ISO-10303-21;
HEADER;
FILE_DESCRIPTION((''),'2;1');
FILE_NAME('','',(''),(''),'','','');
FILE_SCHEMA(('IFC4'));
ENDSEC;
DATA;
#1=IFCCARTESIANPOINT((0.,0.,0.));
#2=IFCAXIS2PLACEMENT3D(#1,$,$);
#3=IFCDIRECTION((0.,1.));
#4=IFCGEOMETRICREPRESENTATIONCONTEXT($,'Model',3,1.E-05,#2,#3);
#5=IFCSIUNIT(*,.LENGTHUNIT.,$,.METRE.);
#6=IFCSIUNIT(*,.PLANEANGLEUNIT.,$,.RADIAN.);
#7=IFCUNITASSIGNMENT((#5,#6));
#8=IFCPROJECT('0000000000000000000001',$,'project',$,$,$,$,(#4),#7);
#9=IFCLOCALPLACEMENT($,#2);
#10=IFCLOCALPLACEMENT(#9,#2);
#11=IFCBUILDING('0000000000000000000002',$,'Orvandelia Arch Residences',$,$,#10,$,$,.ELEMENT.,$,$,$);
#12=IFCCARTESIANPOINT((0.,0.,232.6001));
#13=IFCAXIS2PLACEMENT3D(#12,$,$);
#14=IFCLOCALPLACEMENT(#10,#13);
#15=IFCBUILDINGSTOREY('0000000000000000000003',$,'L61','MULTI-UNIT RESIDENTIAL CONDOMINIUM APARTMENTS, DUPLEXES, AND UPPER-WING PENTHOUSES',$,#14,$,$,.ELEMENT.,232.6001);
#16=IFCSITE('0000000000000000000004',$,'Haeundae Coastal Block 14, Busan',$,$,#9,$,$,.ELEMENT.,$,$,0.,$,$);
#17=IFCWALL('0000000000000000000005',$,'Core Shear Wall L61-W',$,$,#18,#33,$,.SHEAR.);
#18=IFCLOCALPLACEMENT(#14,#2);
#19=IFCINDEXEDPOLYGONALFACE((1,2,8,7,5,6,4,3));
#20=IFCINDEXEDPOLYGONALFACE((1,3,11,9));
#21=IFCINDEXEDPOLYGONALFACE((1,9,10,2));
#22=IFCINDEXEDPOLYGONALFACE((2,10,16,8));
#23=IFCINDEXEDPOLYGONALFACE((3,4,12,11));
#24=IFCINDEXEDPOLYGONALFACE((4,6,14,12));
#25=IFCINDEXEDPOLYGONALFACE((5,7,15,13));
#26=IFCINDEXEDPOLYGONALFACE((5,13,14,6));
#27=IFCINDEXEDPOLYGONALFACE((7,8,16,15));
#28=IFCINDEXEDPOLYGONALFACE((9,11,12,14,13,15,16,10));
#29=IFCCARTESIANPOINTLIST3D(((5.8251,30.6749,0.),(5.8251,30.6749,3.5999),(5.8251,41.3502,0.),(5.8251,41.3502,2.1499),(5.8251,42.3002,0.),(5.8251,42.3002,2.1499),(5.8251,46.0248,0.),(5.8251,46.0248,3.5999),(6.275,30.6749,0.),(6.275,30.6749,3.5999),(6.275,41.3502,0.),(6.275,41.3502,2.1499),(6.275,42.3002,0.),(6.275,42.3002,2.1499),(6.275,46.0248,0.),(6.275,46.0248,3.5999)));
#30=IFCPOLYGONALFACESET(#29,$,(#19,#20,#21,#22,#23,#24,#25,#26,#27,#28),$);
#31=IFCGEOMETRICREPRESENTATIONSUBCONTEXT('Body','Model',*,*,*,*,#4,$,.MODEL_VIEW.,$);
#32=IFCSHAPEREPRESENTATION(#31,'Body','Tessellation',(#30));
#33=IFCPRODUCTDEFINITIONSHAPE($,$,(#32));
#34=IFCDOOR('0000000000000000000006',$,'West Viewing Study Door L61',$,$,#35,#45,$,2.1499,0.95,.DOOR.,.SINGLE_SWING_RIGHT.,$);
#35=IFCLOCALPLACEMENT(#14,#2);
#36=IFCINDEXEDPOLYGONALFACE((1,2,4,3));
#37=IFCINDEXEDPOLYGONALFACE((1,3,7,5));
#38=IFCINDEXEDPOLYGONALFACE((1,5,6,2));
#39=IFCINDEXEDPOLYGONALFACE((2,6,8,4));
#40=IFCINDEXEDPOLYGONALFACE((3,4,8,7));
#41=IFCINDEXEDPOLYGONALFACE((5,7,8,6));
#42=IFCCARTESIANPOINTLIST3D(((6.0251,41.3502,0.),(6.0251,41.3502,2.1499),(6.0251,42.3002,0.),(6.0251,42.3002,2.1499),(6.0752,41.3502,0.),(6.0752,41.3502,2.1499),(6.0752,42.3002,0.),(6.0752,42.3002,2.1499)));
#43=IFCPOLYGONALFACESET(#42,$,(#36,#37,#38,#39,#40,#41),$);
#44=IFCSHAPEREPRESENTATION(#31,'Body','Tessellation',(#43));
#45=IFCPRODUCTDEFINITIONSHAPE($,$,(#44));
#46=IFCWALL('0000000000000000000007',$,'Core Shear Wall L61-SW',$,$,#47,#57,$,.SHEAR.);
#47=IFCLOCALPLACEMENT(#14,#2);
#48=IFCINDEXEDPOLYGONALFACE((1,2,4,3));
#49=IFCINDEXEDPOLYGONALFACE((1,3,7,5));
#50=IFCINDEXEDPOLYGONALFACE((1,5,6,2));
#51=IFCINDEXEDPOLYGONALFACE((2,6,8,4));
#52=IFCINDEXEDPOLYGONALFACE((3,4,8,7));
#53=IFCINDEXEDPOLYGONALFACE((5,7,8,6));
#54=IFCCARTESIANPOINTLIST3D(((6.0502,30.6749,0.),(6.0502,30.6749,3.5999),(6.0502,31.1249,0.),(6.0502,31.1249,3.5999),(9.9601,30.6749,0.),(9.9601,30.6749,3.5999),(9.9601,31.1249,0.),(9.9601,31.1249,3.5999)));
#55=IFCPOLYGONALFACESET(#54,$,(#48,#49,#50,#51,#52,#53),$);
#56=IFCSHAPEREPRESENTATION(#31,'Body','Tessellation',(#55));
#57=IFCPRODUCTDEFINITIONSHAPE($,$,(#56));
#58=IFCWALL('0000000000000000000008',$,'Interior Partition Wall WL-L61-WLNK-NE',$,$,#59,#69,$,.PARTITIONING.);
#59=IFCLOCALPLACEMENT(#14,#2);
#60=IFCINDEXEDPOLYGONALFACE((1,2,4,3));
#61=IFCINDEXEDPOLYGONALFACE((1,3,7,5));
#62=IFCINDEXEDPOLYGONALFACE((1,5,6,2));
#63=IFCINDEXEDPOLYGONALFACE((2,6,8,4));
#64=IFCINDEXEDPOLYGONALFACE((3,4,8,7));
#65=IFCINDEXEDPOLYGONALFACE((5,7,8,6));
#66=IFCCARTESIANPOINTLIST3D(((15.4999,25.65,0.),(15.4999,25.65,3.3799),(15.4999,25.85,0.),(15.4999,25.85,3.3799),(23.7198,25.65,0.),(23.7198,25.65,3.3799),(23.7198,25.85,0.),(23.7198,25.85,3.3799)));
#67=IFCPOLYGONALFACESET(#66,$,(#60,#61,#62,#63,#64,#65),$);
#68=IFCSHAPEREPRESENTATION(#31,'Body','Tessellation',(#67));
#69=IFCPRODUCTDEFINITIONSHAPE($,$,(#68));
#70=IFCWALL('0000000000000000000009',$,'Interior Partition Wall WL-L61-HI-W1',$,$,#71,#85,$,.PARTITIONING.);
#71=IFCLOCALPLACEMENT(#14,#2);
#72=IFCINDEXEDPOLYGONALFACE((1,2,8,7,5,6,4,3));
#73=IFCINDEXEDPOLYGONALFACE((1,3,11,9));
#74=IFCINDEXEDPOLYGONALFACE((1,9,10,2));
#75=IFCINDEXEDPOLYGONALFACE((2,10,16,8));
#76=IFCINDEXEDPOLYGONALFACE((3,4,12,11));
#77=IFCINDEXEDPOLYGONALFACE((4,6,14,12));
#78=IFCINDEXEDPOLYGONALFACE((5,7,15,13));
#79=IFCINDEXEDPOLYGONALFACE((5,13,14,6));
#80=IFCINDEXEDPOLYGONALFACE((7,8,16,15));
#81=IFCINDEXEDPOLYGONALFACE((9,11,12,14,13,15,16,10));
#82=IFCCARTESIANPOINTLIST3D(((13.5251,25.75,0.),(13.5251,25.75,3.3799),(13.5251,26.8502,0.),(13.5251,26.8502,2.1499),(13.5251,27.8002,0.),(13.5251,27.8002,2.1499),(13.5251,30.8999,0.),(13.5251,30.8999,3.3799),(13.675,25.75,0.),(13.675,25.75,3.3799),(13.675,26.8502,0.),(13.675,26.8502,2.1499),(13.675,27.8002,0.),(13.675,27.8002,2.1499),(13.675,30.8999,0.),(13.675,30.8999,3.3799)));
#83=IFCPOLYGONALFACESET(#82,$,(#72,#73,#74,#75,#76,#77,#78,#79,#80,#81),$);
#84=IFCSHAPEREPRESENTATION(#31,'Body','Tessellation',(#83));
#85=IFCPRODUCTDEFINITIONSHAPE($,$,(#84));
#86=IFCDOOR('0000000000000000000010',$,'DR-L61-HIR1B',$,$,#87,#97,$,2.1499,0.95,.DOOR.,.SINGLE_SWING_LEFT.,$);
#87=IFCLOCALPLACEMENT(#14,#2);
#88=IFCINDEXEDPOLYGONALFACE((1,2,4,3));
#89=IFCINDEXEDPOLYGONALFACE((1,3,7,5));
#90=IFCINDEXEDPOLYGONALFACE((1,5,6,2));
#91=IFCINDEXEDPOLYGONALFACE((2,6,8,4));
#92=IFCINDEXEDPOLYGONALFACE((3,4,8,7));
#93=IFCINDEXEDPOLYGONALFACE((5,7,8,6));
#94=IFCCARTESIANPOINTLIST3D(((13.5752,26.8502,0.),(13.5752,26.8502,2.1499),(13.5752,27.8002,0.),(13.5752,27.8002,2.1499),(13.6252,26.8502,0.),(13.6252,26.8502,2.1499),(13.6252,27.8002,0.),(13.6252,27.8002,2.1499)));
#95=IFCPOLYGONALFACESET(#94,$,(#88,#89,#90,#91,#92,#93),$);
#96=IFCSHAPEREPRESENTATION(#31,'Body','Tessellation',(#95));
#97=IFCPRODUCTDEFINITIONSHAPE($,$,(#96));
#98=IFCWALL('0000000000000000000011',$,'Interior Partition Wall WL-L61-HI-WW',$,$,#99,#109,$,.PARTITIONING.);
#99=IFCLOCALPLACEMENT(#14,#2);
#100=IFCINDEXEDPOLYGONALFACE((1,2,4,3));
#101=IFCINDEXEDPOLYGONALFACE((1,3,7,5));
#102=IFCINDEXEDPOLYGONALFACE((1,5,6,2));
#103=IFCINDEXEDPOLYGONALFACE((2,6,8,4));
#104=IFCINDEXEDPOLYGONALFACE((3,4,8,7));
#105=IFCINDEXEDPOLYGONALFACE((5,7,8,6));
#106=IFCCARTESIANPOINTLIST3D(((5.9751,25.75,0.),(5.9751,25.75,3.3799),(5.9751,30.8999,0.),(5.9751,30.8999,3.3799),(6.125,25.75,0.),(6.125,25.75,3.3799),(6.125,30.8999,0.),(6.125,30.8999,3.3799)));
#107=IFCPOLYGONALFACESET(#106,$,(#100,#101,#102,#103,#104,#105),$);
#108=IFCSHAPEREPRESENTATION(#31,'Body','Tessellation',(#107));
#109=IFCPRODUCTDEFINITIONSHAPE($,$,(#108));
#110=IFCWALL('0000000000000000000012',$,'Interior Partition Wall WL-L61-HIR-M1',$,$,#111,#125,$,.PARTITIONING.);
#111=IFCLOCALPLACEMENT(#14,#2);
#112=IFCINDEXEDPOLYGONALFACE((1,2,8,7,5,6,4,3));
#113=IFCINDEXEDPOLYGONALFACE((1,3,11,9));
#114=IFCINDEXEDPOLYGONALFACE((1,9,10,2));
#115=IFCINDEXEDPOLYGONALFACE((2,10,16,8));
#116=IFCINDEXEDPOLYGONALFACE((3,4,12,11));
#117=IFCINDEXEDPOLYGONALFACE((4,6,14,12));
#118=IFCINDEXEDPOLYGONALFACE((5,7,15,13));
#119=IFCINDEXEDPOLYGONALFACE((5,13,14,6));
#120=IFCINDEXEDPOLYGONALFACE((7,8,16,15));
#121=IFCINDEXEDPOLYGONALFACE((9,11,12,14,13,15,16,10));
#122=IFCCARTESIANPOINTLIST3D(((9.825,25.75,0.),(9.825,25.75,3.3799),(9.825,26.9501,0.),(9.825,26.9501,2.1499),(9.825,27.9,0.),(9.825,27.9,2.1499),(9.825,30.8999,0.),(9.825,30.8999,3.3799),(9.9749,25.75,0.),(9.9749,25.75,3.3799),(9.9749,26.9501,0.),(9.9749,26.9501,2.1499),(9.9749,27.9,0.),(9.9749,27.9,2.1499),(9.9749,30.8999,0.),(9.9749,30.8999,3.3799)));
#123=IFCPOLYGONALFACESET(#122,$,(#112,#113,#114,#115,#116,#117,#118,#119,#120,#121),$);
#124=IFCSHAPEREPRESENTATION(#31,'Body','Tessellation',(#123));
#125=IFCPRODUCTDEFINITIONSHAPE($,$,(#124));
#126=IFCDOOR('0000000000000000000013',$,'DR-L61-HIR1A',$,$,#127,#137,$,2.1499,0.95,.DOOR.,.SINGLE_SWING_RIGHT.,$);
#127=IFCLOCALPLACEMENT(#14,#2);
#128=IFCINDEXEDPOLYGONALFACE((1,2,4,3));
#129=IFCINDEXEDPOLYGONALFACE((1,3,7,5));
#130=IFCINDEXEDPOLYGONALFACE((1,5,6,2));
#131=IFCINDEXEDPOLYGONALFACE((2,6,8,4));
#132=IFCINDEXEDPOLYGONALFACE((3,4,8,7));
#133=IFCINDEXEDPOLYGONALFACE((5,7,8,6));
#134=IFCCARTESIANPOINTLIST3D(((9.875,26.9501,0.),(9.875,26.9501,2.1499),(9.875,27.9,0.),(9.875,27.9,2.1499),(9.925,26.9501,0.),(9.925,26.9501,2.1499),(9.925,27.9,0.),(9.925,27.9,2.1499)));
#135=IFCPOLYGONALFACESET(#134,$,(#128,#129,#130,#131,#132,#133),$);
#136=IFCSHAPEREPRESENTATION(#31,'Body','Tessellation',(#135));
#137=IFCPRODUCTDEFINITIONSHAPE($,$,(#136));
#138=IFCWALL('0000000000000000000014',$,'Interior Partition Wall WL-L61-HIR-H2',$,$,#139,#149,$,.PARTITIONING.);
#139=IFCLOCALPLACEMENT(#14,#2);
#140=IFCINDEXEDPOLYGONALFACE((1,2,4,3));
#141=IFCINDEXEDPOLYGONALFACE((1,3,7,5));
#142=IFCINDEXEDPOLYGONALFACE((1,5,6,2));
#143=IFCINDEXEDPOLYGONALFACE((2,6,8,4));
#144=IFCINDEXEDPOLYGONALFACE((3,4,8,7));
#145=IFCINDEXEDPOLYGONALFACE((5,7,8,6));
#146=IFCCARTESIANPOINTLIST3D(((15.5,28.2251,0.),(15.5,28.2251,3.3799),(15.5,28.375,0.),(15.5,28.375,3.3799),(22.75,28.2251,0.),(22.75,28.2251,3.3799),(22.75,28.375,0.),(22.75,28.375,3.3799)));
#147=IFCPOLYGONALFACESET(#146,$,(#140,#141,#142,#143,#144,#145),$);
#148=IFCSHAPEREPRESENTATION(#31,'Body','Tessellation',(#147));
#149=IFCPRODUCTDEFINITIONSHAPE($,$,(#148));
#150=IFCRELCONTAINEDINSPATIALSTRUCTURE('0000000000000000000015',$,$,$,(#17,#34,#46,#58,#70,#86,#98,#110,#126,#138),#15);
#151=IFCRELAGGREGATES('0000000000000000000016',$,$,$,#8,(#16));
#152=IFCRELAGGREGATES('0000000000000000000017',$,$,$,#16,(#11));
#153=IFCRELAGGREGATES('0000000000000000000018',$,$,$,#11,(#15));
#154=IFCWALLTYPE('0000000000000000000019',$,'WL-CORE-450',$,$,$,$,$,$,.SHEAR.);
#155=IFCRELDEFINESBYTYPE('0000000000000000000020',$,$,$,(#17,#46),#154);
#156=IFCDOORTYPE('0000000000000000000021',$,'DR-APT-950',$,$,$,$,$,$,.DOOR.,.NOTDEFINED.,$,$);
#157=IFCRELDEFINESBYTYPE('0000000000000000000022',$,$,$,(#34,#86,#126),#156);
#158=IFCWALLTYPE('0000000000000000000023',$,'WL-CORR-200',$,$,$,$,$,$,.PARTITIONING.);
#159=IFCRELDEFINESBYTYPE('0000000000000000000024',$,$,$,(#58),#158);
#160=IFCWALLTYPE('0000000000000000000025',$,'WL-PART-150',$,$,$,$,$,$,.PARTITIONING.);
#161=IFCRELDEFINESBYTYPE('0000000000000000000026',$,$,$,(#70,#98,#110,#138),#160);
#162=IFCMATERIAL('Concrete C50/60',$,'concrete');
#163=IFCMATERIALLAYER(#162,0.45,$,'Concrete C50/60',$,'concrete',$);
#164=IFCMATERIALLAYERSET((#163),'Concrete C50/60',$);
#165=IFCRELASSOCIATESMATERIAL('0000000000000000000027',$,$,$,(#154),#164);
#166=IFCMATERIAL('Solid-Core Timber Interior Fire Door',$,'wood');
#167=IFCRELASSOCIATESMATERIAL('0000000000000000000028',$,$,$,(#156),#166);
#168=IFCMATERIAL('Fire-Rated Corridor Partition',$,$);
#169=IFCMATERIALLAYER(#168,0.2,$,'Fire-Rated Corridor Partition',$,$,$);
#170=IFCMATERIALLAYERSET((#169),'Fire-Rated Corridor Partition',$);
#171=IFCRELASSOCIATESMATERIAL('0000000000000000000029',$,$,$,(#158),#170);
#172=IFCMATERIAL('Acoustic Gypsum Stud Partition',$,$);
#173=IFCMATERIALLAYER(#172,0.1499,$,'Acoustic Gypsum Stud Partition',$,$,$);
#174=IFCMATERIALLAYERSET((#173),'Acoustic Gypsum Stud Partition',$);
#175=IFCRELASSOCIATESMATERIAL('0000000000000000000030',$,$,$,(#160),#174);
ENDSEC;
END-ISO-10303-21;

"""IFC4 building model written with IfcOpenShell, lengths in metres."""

from ifc_helpers import new_model, si_unit, direction, frame, frame_2d, origin, place, context, subcontext, project, spatial, rectangle, extrude, material, layer, layer_set, type_object, element, fill, save


model = new_model("IFC4")

# Units and contexts
model_context = context("Model", 3, precision=1e-05, world=origin(), true_north=direction((0.0, 1.0)))
body_context = subcontext(model_context, "Body", "Model", "MODEL_VIEW")
ifc_project = project(units=[si_unit("LENGTHUNIT", "METRE"), si_unit("PLANEANGLEUNIT", "RADIAN")], contexts=[model_context])

# Site, building, storey
site_placement = place(None, origin())
site = spatial("IfcSite", under=ifc_project, at=site_placement, Name="Haeundae Coastal Block 14, Busan", CompositionType="ELEMENT", RefElevation=0.0)
building_placement = place(site_placement, origin())
building = spatial("IfcBuilding", under=site, at=building_placement, Name="Orvandelia Arch Residences", CompositionType="ELEMENT")
storey_placement = place(building_placement, frame((0.0, 0.0, 232.6001)))
storey = spatial("IfcBuildingStorey", under=building, at=storey_placement, Name="L61", Description="MULTI-UNIT RESIDENTIAL CONDOMINIUM APARTMENTS, DUPLEXES, AND UPPER-WING PENTHOUSES", CompositionType="ELEMENT", Elevation=232.6001)

# Wall, opening, door
ifc_material_1 = material(Name="Concrete C50/60", Category="concrete")
ifc_layer_1 = layer(ifc_material_1, 0.45, Name="Concrete C50/60", Category="concrete")
ifc_layer_set_1 = layer_set([ifc_layer_1], Name="Concrete C50/60")
wall_type_1 = type_object("IfcWallType", Name="WL-CORE-450", PredefinedType="SHEAR", material=ifc_layer_set_1)
wall_1_placement = place(storey_placement, frame((6.05, 30.675, 0.0), z_axis=(0.0, 0.0, 1.0), x_axis=(0.0, 1.0, 0.0)))
wall_1 = element("IfcWall", 1, at=wall_1_placement, inside=storey, type_object=wall_type_1, Name="Core Shear Wall L61-W", PredefinedType="SHEAR", context=body_context, shape_type="SweptSolid", body=[
    extrude(rectangle(XDim=15.3499, YDim=0.45, at=frame_2d((7.6748, 0.0))), origin(), (0.0, 0.0, 1.0), 3.5999),
])
opening_1_placement = place(wall_1_placement, frame((10.675, 0.0, 0.0)))
opening_1 = element("IfcOpeningElement", 2, at=opening_1_placement, cuts=wall_1, PredefinedType="OPENING", context=body_context, shape_type="SweptSolid", body=[
    extrude(rectangle(XDim=0.95, YDim=2.1499, at=frame_2d((0.4751, 1.075))), frame((0.0, 0.2349, 0.0), z_axis=(0.0, -1.0, 0.0), x_axis=(1.0, 0.0, 0.0)), (0.0, 0.0, 1.0), 0.47),
])
ifc_material_2 = material(Name="Solid-Core Timber Interior Fire Door", Category="wood")
door_type_1 = type_object("IfcDoorType", Name="DR-APT-950", OperationType="NOTDEFINED", PredefinedType="DOOR", material=ifc_material_2)
door_1_placement = place(opening_1_placement, origin())
door_1 = element("IfcDoor", 3, at=door_1_placement, inside=storey, type_object=door_type_1, Name="West Viewing Study Door L61", OperationType="SINGLE_SWING_RIGHT", OverallHeight=2.1499, OverallWidth=0.95, PredefinedType="DOOR", context=body_context, shape_type="SweptSolid", body=[
    extrude(rectangle(XDim=0.95, YDim=2.1499, at=frame_2d((0.4751, 1.075))), frame((0.0, 0.0249, 0.0), z_axis=(0.0, -1.0, 0.0), x_axis=(1.0, 0.0, 0.0)), (0.0, 0.0, 1.0), 0.05),
])
fill(opening_1, door_1)

# Walls
wall_2_placement = place(storey_placement, frame((6.05, 30.8999, 0.0), z_axis=(0.0, 0.0, 1.0), x_axis=(1.0, 0.0, 0.0)))
element("IfcWall", 4, at=wall_2_placement, inside=storey, type_object=wall_type_1, Name="Core Shear Wall L61-SW", PredefinedType="SHEAR", context=body_context, shape_type="SweptSolid", body=[
    extrude(rectangle(XDim=3.9099, YDim=0.45, at=frame_2d((1.9551, 0.0))), origin(), (0.0, 0.0, 1.0), 3.5999),
])
ifc_material_3 = material(Name="Fire-Rated Corridor Partition")
ifc_layer_2 = layer(ifc_material_3, 0.2, Name="Fire-Rated Corridor Partition")
ifc_layer_set_2 = layer_set([ifc_layer_2], Name="Fire-Rated Corridor Partition")
wall_type_2 = type_object("IfcWallType", Name="WL-CORR-200", PredefinedType="PARTITIONING", material=ifc_layer_set_2)
wall_3_placement = place(storey_placement, frame((15.5, 25.75, 0.0), z_axis=(0.0, 0.0, 1.0), x_axis=(1.0, 0.0, 0.0)))
element("IfcWall", 5, at=wall_3_placement, inside=storey, type_object=wall_type_2, Name="Interior Partition Wall WL-L61-WLNK-NE", PredefinedType="PARTITIONING", context=body_context, shape_type="SweptSolid", body=[
    extrude(rectangle(XDim=8.22, YDim=0.2, at=frame_2d((4.1099, 0.0))), origin(), (0.0, 0.0, 1.0), 3.3799),
])

# Wall, opening, door
ifc_material_4 = material(Name="Acoustic Gypsum Stud Partition")
ifc_layer_3 = layer(ifc_material_4, 0.1499, Name="Acoustic Gypsum Stud Partition")
ifc_layer_set_3 = layer_set([ifc_layer_3], Name="Acoustic Gypsum Stud Partition")
wall_type_3 = type_object("IfcWallType", Name="WL-PART-150", PredefinedType="PARTITIONING", material=ifc_layer_set_3)
wall_4_placement = place(storey_placement, frame((13.6001, 25.75, 0.0), z_axis=(0.0, 0.0, 1.0), x_axis=(0.0, 1.0, 0.0)))
wall_4 = element("IfcWall", 6, at=wall_4_placement, inside=storey, type_object=wall_type_3, Name="Interior Partition Wall WL-L61-HI-W1", PredefinedType="PARTITIONING", context=body_context, shape_type="SweptSolid", body=[
    extrude(rectangle(XDim=5.1499, YDim=0.1499, at=frame_2d((2.575, 0.0))), origin(), (0.0, 0.0, 1.0), 3.3799),
])
opening_2_placement = place(wall_4_placement, frame((1.1001, 0.0, 0.0)))
opening_2 = element("IfcOpeningElement", 7, at=opening_2_placement, cuts=wall_4, PredefinedType="OPENING", context=body_context, shape_type="SweptSolid", body=[
    extrude(rectangle(XDim=0.95, YDim=2.1499, at=frame_2d((0.4751, 1.075))), frame((0.0, 0.085, 0.0), z_axis=(0.0, -1.0, 0.0), x_axis=(1.0, 0.0, 0.0)), (0.0, 0.0, 1.0), 0.1699),
])
door_2_placement = place(opening_2_placement, origin())
door_2 = element("IfcDoor", 8, at=door_2_placement, inside=storey, type_object=door_type_1, Name="DR-L61-HIR1B", OperationType="SINGLE_SWING_LEFT", OverallHeight=2.1499, OverallWidth=0.95, PredefinedType="DOOR", context=body_context, shape_type="SweptSolid", body=[
    extrude(rectangle(XDim=0.95, YDim=2.1499, at=frame_2d((0.4751, 1.075))), frame((0.0, 0.0249, 0.0), z_axis=(0.0, -1.0, 0.0), x_axis=(1.0, 0.0, 0.0)), (0.0, 0.0, 1.0), 0.05),
])
fill(opening_2, door_2)

# Wall
wall_5_placement = place(storey_placement, frame((6.05, 25.75, 0.0), z_axis=(0.0, 0.0, 1.0), x_axis=(0.0, 1.0, 0.0)))
element("IfcWall", 9, at=wall_5_placement, inside=storey, type_object=wall_type_3, Name="Interior Partition Wall WL-L61-HI-WW", PredefinedType="PARTITIONING", context=body_context, shape_type="SweptSolid", body=[
    extrude(rectangle(XDim=5.1499, YDim=0.1499, at=frame_2d((2.575, 0.0))), origin(), (0.0, 0.0, 1.0), 3.3799),
])

# Wall, opening, door
wall_6_placement = place(storey_placement, frame((9.8999, 25.75, 0.0), z_axis=(0.0, 0.0, 1.0), x_axis=(0.0, 1.0, 0.0)))
wall_6 = element("IfcWall", 10, at=wall_6_placement, inside=storey, type_object=wall_type_3, Name="Interior Partition Wall WL-L61-HIR-M1", PredefinedType="PARTITIONING", context=body_context, shape_type="SweptSolid", body=[
    extrude(rectangle(XDim=5.1499, YDim=0.1499, at=frame_2d((2.575, 0.0))), origin(), (0.0, 0.0, 1.0), 3.3799),
])
opening_3_placement = place(wall_6_placement, frame((1.2, 0.0, 0.0)))
opening_3 = element("IfcOpeningElement", 11, at=opening_3_placement, cuts=wall_6, PredefinedType="OPENING", context=body_context, shape_type="SweptSolid", body=[
    extrude(rectangle(XDim=0.95, YDim=2.1499, at=frame_2d((0.4751, 1.075))), frame((0.0, 0.085, 0.0), z_axis=(0.0, -1.0, 0.0), x_axis=(1.0, 0.0, 0.0)), (0.0, 0.0, 1.0), 0.1699),
])
door_3_placement = place(opening_3_placement, origin())
door_3 = element("IfcDoor", 12, at=door_3_placement, inside=storey, type_object=door_type_1, Name="DR-L61-HIR1A", OperationType="SINGLE_SWING_RIGHT", OverallHeight=2.1499, OverallWidth=0.95, PredefinedType="DOOR", context=body_context, shape_type="SweptSolid", body=[
    extrude(rectangle(XDim=0.95, YDim=2.1499, at=frame_2d((0.4751, 1.075))), frame((0.0, 0.0249, 0.0), z_axis=(0.0, -1.0, 0.0), x_axis=(1.0, 0.0, 0.0)), (0.0, 0.0, 1.0), 0.05),
])
fill(opening_3, door_3)

# Wall
wall_7_placement = place(storey_placement, frame((15.5, 28.3, 0.0), z_axis=(0.0, 0.0, 1.0), x_axis=(1.0, 0.0, 0.0)))
element("IfcWall", 13, at=wall_7_placement, inside=storey, type_object=wall_type_3, Name="Interior Partition Wall WL-L61-HIR-H2", PredefinedType="PARTITIONING", context=body_context, shape_type="SweptSolid", body=[
    extrude(rectangle(XDim=7.25, YDim=0.1499, at=frame_2d((3.625, 0.0))), origin(), (0.0, 0.0, 1.0), 3.3799),
])

save(model, "model.ifc")
